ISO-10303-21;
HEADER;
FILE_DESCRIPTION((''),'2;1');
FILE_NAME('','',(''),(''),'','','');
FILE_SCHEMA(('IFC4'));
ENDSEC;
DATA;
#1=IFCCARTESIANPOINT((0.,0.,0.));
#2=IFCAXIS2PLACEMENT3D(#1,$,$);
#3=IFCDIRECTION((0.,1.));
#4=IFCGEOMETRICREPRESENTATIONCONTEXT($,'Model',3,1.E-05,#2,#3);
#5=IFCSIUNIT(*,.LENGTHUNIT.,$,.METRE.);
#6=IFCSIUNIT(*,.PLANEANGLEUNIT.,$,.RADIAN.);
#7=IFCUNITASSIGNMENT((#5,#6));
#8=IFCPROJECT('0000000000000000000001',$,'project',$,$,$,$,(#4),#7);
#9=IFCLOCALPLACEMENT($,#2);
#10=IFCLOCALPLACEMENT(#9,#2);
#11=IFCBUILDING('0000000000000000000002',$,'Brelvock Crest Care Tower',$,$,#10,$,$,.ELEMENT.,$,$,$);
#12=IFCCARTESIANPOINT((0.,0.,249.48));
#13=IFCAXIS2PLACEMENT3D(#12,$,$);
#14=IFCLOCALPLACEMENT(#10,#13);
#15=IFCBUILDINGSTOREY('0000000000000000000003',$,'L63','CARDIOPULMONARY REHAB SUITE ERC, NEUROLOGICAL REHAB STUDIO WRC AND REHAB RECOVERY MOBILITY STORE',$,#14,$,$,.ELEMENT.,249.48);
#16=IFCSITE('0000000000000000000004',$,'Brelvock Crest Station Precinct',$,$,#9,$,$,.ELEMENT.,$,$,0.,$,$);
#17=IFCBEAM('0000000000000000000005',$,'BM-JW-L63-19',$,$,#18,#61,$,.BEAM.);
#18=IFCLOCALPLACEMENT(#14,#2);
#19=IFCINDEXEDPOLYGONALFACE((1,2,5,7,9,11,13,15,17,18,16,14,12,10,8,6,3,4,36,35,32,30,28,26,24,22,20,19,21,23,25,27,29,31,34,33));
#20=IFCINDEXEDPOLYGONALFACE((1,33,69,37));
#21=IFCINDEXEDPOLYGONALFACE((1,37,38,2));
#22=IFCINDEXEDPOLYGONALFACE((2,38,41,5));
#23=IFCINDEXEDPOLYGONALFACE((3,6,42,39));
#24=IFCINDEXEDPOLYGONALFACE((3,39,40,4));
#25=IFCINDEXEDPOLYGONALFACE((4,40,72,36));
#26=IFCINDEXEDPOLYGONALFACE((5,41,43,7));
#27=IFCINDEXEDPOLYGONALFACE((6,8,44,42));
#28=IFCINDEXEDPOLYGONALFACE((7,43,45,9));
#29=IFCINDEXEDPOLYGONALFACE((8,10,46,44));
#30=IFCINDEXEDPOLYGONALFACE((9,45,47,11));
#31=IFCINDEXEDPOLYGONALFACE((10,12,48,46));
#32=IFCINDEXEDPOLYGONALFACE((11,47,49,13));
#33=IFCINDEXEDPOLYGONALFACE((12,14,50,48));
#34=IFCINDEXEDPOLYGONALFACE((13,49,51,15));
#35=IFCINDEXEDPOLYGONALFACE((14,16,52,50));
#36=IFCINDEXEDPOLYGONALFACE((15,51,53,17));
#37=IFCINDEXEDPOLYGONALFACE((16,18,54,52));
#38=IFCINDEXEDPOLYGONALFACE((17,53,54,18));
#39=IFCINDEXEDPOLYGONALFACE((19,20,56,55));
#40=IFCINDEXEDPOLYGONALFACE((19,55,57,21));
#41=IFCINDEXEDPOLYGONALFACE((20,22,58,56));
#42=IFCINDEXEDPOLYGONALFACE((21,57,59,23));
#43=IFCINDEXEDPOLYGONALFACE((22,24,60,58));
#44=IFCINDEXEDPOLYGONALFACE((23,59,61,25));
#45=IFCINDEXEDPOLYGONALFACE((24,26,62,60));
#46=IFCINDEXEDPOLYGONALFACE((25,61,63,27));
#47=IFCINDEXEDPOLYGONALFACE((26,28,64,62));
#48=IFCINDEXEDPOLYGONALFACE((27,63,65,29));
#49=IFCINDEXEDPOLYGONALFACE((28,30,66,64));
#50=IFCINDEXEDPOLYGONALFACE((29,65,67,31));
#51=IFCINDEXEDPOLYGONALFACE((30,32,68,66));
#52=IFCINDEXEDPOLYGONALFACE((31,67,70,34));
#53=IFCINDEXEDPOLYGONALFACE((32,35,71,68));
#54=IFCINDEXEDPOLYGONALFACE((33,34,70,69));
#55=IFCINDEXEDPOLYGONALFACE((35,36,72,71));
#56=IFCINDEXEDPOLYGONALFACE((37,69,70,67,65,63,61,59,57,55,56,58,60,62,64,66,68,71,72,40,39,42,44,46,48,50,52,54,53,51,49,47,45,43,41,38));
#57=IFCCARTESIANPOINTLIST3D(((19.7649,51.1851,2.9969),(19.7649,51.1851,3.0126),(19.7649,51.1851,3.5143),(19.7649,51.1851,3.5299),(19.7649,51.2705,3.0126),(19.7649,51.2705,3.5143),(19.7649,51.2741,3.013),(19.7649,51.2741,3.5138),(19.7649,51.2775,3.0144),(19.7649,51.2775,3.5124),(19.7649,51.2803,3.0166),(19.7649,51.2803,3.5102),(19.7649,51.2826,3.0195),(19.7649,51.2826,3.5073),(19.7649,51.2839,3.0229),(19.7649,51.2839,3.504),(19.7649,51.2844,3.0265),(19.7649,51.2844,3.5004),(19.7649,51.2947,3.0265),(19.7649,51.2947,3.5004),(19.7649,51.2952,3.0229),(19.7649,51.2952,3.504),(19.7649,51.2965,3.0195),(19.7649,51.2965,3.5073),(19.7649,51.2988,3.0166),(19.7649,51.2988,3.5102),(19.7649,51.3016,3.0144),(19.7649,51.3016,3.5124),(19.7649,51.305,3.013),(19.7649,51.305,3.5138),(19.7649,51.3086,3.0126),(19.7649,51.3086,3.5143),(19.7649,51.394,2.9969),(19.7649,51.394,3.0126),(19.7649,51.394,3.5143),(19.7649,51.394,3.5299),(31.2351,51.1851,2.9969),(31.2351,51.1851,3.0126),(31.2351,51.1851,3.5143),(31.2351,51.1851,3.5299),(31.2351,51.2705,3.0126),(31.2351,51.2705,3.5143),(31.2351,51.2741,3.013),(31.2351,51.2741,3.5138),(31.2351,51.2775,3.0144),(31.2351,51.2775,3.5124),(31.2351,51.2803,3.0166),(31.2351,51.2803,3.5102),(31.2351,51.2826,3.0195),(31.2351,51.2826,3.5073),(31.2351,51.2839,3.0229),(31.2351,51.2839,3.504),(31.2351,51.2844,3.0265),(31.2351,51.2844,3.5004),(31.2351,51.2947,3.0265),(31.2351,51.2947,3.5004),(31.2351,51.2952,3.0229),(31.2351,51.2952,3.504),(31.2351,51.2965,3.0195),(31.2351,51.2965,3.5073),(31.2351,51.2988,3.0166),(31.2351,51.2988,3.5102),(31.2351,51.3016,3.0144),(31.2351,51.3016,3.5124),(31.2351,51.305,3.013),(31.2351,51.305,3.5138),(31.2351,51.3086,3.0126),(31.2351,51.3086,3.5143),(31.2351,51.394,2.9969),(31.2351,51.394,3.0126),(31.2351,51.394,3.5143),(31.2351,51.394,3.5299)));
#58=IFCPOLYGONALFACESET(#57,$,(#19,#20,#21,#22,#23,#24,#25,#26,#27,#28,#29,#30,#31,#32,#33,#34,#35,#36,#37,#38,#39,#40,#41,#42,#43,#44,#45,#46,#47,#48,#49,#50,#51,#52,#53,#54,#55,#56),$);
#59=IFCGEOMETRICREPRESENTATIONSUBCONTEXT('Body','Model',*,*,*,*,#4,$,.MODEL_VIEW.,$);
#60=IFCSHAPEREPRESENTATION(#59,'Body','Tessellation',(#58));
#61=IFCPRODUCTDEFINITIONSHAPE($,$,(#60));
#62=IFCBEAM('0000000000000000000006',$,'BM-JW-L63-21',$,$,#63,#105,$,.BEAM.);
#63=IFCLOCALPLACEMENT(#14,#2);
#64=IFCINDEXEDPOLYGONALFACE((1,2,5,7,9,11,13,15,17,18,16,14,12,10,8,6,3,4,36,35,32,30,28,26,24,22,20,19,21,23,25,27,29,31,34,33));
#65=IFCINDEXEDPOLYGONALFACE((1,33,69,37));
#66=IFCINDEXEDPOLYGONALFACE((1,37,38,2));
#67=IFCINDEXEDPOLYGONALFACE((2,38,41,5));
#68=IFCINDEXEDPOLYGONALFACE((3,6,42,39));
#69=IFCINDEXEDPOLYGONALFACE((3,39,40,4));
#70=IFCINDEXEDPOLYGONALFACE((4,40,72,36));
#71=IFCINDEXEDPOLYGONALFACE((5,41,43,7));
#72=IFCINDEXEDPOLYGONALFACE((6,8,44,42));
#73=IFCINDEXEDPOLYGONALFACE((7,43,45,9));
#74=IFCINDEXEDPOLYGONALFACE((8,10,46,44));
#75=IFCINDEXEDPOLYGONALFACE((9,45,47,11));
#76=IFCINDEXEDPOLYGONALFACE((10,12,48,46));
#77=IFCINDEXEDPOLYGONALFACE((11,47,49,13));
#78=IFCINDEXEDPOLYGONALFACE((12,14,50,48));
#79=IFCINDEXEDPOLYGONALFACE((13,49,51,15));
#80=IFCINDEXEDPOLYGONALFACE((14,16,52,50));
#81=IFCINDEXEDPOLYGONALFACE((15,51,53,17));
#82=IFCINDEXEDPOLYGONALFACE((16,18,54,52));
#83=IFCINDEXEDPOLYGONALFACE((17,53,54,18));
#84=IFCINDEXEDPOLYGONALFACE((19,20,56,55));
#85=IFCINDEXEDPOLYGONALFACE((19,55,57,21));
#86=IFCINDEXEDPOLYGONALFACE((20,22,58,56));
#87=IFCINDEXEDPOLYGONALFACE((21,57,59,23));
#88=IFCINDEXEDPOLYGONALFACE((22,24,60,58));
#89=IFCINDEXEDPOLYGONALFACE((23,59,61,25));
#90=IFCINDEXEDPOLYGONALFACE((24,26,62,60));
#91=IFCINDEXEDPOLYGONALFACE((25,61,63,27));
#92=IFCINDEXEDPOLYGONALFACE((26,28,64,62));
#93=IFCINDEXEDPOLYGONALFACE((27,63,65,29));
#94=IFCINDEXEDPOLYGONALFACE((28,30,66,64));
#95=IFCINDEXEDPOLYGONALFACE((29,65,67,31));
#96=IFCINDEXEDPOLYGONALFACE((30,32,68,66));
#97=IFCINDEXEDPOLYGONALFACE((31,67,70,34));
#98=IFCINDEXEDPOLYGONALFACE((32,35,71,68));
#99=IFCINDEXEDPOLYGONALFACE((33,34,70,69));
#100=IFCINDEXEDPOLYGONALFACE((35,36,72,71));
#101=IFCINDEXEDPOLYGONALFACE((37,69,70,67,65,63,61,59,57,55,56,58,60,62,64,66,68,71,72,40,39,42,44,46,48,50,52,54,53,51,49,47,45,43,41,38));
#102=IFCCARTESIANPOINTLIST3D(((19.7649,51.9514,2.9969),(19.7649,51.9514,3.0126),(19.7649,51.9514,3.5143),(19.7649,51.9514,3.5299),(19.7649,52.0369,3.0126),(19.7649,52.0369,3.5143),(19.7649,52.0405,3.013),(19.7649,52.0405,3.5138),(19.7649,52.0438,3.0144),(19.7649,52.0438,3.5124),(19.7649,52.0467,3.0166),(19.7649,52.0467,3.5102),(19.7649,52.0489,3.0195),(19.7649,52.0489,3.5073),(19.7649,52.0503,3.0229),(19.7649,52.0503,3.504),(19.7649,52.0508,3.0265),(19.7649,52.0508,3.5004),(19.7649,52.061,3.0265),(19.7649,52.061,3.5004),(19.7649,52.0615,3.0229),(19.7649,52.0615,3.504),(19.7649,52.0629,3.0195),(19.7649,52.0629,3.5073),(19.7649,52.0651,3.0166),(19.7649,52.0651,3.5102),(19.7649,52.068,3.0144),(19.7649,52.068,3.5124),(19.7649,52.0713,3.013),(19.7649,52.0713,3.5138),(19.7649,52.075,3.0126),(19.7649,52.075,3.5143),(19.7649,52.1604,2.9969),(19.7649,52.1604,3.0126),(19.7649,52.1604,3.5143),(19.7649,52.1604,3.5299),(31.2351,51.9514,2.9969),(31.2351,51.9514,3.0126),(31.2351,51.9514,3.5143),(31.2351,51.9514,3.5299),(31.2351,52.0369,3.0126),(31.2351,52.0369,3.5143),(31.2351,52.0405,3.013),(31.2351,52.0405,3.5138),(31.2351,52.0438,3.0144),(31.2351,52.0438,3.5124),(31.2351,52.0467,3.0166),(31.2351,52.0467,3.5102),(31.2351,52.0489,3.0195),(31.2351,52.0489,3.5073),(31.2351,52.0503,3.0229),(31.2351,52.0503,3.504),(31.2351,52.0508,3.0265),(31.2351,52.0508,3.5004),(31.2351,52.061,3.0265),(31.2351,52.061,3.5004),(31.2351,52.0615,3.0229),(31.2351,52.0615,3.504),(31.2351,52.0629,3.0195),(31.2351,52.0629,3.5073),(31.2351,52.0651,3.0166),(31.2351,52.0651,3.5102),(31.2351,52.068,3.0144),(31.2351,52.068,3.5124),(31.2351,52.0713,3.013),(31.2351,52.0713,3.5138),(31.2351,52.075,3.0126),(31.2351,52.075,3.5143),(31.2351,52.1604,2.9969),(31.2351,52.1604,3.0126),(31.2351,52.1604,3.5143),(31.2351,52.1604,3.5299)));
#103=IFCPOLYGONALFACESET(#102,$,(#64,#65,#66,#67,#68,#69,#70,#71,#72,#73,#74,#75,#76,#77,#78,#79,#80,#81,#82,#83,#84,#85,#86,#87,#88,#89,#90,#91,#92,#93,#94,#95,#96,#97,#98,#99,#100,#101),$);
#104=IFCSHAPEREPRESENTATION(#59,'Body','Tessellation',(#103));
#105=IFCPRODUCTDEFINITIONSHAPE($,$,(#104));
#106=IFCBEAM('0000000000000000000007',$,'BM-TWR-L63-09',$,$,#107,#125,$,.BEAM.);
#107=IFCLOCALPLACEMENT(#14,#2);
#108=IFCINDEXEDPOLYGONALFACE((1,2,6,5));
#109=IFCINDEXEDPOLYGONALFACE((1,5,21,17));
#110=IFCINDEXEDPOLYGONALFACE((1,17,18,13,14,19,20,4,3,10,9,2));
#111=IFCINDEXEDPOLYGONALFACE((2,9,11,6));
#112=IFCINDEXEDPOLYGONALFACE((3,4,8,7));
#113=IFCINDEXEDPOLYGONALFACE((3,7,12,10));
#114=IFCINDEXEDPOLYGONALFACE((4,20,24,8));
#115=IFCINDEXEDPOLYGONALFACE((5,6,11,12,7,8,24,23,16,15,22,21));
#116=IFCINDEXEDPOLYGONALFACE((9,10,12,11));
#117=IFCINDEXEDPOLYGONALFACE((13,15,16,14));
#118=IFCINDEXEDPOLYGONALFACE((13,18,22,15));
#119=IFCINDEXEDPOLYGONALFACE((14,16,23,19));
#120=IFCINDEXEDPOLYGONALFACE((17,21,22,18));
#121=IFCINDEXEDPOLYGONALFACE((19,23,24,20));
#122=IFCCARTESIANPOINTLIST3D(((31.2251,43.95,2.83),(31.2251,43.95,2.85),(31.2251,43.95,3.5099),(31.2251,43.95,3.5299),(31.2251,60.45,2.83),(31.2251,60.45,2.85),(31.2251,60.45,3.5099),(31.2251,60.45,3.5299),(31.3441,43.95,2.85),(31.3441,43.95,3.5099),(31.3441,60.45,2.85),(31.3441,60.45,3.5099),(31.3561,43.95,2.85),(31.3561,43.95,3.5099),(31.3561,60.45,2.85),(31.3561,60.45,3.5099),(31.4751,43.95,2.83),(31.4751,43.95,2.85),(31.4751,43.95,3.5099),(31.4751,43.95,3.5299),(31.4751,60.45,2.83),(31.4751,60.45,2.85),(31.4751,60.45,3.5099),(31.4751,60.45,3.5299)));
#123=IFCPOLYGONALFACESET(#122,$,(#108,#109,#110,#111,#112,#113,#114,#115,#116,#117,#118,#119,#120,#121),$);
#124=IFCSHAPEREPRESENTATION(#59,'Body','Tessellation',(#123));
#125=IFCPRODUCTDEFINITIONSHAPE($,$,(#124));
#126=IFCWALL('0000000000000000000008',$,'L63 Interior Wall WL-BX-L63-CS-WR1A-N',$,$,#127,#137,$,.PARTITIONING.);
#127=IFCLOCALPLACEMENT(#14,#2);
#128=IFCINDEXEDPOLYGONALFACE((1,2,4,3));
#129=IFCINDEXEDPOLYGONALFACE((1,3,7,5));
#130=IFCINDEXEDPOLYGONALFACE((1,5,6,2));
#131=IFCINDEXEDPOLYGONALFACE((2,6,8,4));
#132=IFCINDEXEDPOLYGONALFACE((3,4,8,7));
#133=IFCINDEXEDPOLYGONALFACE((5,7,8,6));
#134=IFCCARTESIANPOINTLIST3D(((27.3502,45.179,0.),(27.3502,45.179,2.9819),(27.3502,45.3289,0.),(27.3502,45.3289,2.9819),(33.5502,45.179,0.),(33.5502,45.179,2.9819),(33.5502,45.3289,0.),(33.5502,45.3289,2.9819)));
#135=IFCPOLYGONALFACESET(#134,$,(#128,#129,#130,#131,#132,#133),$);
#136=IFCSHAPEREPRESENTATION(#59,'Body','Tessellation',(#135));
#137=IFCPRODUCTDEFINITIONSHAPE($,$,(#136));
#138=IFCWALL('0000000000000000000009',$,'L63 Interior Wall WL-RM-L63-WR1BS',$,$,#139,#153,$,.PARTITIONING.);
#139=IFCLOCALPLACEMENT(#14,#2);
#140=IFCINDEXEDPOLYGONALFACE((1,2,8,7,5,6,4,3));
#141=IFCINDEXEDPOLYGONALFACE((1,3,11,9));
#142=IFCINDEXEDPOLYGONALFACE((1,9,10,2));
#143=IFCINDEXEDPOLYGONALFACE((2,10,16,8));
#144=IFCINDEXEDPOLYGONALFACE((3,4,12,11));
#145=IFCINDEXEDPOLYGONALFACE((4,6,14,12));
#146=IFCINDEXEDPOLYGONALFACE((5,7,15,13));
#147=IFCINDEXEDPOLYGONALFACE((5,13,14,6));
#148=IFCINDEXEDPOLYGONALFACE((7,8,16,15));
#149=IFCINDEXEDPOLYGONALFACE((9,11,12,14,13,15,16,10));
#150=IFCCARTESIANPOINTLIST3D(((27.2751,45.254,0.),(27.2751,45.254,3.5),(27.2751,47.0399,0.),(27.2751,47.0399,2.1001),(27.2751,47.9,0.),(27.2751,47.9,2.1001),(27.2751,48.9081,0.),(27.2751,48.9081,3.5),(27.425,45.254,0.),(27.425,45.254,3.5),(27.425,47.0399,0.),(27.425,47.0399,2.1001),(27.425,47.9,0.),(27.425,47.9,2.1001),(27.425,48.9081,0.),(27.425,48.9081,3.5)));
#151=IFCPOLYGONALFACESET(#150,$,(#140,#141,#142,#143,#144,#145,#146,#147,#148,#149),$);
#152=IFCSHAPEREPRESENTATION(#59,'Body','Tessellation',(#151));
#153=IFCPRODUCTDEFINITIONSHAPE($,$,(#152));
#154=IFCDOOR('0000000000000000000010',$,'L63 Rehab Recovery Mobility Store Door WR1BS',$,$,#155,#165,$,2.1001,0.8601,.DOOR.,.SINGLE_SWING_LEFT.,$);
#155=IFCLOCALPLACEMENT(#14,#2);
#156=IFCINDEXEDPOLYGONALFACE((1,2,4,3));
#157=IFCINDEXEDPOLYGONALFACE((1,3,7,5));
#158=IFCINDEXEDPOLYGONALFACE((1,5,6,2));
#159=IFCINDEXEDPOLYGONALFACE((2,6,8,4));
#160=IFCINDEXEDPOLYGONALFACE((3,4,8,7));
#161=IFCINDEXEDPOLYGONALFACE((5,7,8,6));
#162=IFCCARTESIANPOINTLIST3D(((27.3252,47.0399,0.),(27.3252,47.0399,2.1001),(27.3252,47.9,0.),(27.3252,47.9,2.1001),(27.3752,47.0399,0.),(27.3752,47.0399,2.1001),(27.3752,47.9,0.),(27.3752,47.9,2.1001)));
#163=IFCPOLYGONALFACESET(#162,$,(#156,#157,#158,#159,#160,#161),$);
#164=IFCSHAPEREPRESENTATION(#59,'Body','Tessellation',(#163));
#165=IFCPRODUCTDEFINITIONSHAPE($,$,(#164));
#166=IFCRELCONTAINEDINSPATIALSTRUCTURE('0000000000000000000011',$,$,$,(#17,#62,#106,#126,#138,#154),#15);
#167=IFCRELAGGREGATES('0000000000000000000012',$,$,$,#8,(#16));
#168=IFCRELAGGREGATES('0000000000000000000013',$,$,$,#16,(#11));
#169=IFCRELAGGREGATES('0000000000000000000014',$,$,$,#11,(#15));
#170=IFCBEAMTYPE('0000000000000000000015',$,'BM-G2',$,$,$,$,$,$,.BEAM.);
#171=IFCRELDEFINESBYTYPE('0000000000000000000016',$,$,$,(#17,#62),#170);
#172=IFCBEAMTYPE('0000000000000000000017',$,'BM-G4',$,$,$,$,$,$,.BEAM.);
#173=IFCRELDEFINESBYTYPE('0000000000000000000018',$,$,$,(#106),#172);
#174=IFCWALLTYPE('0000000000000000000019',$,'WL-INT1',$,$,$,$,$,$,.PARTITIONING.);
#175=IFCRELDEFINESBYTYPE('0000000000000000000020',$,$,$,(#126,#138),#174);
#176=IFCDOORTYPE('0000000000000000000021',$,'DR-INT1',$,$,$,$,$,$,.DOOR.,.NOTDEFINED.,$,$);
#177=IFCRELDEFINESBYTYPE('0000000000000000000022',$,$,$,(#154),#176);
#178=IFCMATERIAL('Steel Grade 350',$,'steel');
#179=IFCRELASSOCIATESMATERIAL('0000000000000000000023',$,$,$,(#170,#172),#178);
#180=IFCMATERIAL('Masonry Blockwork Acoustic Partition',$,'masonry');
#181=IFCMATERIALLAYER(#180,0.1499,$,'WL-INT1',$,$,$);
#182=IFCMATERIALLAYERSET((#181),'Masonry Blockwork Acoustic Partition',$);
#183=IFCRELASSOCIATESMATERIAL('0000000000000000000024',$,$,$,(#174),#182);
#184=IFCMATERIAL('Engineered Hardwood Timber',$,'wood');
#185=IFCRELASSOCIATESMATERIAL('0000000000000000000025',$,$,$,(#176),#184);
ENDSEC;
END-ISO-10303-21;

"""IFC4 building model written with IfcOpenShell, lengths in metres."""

from ifc_helpers import new_model, si_unit, direction, frame, frame_2d, origin, origin_2d, place, context, subcontext, project, spatial, rectangle, i_section, extrude, source, transform, mapped, material, layer, layer_set, material_profile, profile_set, type_object, element, fill, save


model = new_model("IFC4")

# Units and contexts
model_context = context("Model", 3, precision=1e-05, world=origin(), true_north=direction((0.0, 1.0)))
body_context = subcontext(model_context, "Body", "Model", "MODEL_VIEW")
ifc_project = project(units=[si_unit("LENGTHUNIT", "METRE"), si_unit("PLANEANGLEUNIT", "RADIAN")], contexts=[model_context])

# Site, building, storey
site_placement = place(None, origin())
site = spatial("IfcSite", under=ifc_project, at=site_placement, Name="Brelvock Crest Station Precinct", CompositionType="ELEMENT", RefElevation=0.0)
building_placement = place(site_placement, origin())
building = spatial("IfcBuilding", under=site, at=building_placement, Name="Brelvock Crest Care Tower", CompositionType="ELEMENT")
storey_placement = place(building_placement, frame((0.0, 0.0, 249.48)))
storey = spatial("IfcBuildingStorey", under=building, at=storey_placement, Name="L63", Description="CARDIOPULMONARY REHAB SUITE ERC, NEUROLOGICAL REHAB STUDIO WRC AND REHAB RECOVERY MOBILITY STORE", CompositionType="ELEMENT", Elevation=249.48)

# Beams
ifc_material_1 = material(Name="Steel Grade 350", Category="steel")
ifc_material_profile_1 = material_profile(ifc_material_1, i_section(OverallWidth=0.209, OverallDepth=0.533, WebThickness=0.0103, FlangeThickness=0.0156, FilletRadius=0.0139, at=origin_2d()), Name="530UB92.4")
ifc_profile_set_1 = profile_set([ifc_material_profile_1], Name="Steel Grade 350")
beam_type_1 = type_object("IfcBeamType", Name="BM-G2", PredefinedType="BEAM", material=ifc_profile_set_1)
shared_shape_1 = source(origin(), body_context, "Body", "SweptSolid", [
    extrude(i_section(OverallWidth=0.209, OverallDepth=0.533, WebThickness=0.0103, FlangeThickness=0.0156, FilletRadius=0.0139, at=origin_2d()), origin(), (0.0, 0.0, 1.0), 11.4702),
])
for number, where, z_axis, x_axis, name in (
    (1, (19.7649, 51.2896, 3.2634), (1.0, 0.0, 0.0), (0.0, 1.0, 0.0), "BM-JW-L63-19"),
    (2, (19.7649, 52.0559, 3.2634), (1.0, 0.0, 0.0), (0.0, 1.0, 0.0), "BM-JW-L63-21"),
):
    element("IfcBeam", number, at=place(storey_placement, frame(where, z_axis=z_axis, x_axis=x_axis)), inside=storey, type_object=beam_type_1, Name=name, PredefinedType="BEAM", context=body_context, shape_type="MappedRepresentation", body=[
        mapped(shared_shape_1, transform((0.0, 0.0, 0.0), x_axis=(1.0, 0.0, 0.0), y_axis=(0.0, 1.0, 0.0), z_axis=(0.0, 0.0, 1.0), scale=1.0)),
    ])
ifc_material_profile_2 = material_profile(ifc_material_1, i_section(OverallWidth=0.25, OverallDepth=0.7, WebThickness=0.012, FlangeThickness=0.02, at=origin_2d()), Name="700WB150")
ifc_profile_set_2 = profile_set([ifc_material_profile_2], Name="Steel Grade 350")
beam_type_2 = type_object("IfcBeamType", Name="BM-G4", PredefinedType="BEAM", material=ifc_profile_set_2)
shared_shape_2 = source(origin(), body_context, "Body", "SweptSolid", [
    extrude(i_section(OverallWidth=0.25, OverallDepth=0.7, WebThickness=0.012, FlangeThickness=0.02, at=origin_2d()), origin(), (0.0, 0.0, 1.0), 16.5),
])
beam_placement = place(storey_placement, frame((31.3501, 43.95, 3.1799), z_axis=(0.0, 1.0, 0.0), x_axis=(-1.0, 0.0, 0.0)))
element("IfcBeam", 3, at=beam_placement, inside=storey, type_object=beam_type_2, Name="BM-TWR-L63-09", PredefinedType="BEAM", context=body_context, shape_type="MappedRepresentation", body=[
    mapped(shared_shape_2, transform((0.0, 0.0, 0.0), x_axis=(1.0, 0.0, 0.0), y_axis=(0.0, 1.0, 0.0), z_axis=(0.0, 0.0, 1.0), scale=1.0)),
])

# Wall
ifc_material_2 = material(Name="Masonry Blockwork Acoustic Partition", Category="masonry")
ifc_layer = layer(ifc_material_2, 0.1499, Name="WL-INT1")
ifc_layer_set = layer_set([ifc_layer], Name="Masonry Blockwork Acoustic Partition")
wall_type = type_object("IfcWallType", Name="WL-INT1", PredefinedType="PARTITIONING", material=ifc_layer_set)
wall_1_placement = place(storey_placement, frame((27.3501, 45.2539, 0.0), z_axis=(0.0, 0.0, 1.0), x_axis=(1.0, 0.0, 0.0)))
element("IfcWall", 4, at=wall_1_placement, inside=storey, type_object=wall_type, Name="L63 Interior Wall WL-BX-L63-CS-WR1A-N", PredefinedType="PARTITIONING", context=body_context, shape_type="SweptSolid", body=[
    extrude(rectangle(XDim=6.2, YDim=0.1499, at=frame_2d((3.1001, 0.0))), origin(), (0.0, 0.0, 1.0), 2.9819),
])

# Wall, opening, door
wall_2_placement = place(storey_placement, frame((27.3501, 45.2539, 0.0), z_axis=(0.0, 0.0, 1.0), x_axis=(0.0, 1.0, 0.0)))
wall_2 = element("IfcWall", 5, at=wall_2_placement, inside=storey, type_object=wall_type, Name="L63 Interior Wall WL-RM-L63-WR1BS", PredefinedType="PARTITIONING", context=body_context, shape_type="SweptSolid", body=[
    extrude(rectangle(XDim=3.6541, YDim=0.1499, at=frame_2d((1.8271, 0.0))), origin(), (0.0, 0.0, 1.0), 3.5),
])
opening_placement = place(wall_2_placement, frame((1.7859, 0.0, 0.0)))
opening = element("IfcOpeningElement", 6, at=opening_placement, cuts=wall_2, PredefinedType="OPENING", context=body_context, shape_type="SweptSolid", body=[
    extrude(rectangle(XDim=0.8601, YDim=2.1001, at=origin_2d()), frame((0.4302, 0.085, 1.05), z_axis=(0.0, -1.0, 0.0), x_axis=(1.0, 0.0, 0.0)), (0.0, 0.0, 1.0), 0.1699),
])
ifc_material_3 = material(Name="Engineered Hardwood Timber", Category="wood")
door_type = type_object("IfcDoorType", Name="DR-INT1", OperationType="NOTDEFINED", PredefinedType="DOOR", material=ifc_material_3)
shared_shape_3 = source(origin(), body_context, "Body", "SweptSolid", [
    extrude(rectangle(XDim=0.8601, YDim=2.1001, at=origin_2d()), frame((0.4302, 0.0249, 1.05), z_axis=(0.0, -1.0, 0.0), x_axis=(1.0, 0.0, 0.0)), (0.0, 0.0, 1.0), 0.05),
])
door_placement = place(opening_placement, origin())
door = element("IfcDoor", 7, at=door_placement, inside=storey, type_object=door_type, Name="L63 Rehab Recovery Mobility Store Door WR1BS", OperationType="SINGLE_SWING_LEFT", OverallHeight=2.1001, OverallWidth=0.8601, PredefinedType="DOOR", context=body_context, shape_type="MappedRepresentation", body=[
    mapped(shared_shape_3, transform((0.0, 0.0, 0.0), x_axis=(1.0, 0.0, 0.0), y_axis=(0.0, 1.0, 0.0), z_axis=(0.0, 0.0, 1.0), scale=1.0)),
])
fill(opening, door)

save(model, "model.ifc")
